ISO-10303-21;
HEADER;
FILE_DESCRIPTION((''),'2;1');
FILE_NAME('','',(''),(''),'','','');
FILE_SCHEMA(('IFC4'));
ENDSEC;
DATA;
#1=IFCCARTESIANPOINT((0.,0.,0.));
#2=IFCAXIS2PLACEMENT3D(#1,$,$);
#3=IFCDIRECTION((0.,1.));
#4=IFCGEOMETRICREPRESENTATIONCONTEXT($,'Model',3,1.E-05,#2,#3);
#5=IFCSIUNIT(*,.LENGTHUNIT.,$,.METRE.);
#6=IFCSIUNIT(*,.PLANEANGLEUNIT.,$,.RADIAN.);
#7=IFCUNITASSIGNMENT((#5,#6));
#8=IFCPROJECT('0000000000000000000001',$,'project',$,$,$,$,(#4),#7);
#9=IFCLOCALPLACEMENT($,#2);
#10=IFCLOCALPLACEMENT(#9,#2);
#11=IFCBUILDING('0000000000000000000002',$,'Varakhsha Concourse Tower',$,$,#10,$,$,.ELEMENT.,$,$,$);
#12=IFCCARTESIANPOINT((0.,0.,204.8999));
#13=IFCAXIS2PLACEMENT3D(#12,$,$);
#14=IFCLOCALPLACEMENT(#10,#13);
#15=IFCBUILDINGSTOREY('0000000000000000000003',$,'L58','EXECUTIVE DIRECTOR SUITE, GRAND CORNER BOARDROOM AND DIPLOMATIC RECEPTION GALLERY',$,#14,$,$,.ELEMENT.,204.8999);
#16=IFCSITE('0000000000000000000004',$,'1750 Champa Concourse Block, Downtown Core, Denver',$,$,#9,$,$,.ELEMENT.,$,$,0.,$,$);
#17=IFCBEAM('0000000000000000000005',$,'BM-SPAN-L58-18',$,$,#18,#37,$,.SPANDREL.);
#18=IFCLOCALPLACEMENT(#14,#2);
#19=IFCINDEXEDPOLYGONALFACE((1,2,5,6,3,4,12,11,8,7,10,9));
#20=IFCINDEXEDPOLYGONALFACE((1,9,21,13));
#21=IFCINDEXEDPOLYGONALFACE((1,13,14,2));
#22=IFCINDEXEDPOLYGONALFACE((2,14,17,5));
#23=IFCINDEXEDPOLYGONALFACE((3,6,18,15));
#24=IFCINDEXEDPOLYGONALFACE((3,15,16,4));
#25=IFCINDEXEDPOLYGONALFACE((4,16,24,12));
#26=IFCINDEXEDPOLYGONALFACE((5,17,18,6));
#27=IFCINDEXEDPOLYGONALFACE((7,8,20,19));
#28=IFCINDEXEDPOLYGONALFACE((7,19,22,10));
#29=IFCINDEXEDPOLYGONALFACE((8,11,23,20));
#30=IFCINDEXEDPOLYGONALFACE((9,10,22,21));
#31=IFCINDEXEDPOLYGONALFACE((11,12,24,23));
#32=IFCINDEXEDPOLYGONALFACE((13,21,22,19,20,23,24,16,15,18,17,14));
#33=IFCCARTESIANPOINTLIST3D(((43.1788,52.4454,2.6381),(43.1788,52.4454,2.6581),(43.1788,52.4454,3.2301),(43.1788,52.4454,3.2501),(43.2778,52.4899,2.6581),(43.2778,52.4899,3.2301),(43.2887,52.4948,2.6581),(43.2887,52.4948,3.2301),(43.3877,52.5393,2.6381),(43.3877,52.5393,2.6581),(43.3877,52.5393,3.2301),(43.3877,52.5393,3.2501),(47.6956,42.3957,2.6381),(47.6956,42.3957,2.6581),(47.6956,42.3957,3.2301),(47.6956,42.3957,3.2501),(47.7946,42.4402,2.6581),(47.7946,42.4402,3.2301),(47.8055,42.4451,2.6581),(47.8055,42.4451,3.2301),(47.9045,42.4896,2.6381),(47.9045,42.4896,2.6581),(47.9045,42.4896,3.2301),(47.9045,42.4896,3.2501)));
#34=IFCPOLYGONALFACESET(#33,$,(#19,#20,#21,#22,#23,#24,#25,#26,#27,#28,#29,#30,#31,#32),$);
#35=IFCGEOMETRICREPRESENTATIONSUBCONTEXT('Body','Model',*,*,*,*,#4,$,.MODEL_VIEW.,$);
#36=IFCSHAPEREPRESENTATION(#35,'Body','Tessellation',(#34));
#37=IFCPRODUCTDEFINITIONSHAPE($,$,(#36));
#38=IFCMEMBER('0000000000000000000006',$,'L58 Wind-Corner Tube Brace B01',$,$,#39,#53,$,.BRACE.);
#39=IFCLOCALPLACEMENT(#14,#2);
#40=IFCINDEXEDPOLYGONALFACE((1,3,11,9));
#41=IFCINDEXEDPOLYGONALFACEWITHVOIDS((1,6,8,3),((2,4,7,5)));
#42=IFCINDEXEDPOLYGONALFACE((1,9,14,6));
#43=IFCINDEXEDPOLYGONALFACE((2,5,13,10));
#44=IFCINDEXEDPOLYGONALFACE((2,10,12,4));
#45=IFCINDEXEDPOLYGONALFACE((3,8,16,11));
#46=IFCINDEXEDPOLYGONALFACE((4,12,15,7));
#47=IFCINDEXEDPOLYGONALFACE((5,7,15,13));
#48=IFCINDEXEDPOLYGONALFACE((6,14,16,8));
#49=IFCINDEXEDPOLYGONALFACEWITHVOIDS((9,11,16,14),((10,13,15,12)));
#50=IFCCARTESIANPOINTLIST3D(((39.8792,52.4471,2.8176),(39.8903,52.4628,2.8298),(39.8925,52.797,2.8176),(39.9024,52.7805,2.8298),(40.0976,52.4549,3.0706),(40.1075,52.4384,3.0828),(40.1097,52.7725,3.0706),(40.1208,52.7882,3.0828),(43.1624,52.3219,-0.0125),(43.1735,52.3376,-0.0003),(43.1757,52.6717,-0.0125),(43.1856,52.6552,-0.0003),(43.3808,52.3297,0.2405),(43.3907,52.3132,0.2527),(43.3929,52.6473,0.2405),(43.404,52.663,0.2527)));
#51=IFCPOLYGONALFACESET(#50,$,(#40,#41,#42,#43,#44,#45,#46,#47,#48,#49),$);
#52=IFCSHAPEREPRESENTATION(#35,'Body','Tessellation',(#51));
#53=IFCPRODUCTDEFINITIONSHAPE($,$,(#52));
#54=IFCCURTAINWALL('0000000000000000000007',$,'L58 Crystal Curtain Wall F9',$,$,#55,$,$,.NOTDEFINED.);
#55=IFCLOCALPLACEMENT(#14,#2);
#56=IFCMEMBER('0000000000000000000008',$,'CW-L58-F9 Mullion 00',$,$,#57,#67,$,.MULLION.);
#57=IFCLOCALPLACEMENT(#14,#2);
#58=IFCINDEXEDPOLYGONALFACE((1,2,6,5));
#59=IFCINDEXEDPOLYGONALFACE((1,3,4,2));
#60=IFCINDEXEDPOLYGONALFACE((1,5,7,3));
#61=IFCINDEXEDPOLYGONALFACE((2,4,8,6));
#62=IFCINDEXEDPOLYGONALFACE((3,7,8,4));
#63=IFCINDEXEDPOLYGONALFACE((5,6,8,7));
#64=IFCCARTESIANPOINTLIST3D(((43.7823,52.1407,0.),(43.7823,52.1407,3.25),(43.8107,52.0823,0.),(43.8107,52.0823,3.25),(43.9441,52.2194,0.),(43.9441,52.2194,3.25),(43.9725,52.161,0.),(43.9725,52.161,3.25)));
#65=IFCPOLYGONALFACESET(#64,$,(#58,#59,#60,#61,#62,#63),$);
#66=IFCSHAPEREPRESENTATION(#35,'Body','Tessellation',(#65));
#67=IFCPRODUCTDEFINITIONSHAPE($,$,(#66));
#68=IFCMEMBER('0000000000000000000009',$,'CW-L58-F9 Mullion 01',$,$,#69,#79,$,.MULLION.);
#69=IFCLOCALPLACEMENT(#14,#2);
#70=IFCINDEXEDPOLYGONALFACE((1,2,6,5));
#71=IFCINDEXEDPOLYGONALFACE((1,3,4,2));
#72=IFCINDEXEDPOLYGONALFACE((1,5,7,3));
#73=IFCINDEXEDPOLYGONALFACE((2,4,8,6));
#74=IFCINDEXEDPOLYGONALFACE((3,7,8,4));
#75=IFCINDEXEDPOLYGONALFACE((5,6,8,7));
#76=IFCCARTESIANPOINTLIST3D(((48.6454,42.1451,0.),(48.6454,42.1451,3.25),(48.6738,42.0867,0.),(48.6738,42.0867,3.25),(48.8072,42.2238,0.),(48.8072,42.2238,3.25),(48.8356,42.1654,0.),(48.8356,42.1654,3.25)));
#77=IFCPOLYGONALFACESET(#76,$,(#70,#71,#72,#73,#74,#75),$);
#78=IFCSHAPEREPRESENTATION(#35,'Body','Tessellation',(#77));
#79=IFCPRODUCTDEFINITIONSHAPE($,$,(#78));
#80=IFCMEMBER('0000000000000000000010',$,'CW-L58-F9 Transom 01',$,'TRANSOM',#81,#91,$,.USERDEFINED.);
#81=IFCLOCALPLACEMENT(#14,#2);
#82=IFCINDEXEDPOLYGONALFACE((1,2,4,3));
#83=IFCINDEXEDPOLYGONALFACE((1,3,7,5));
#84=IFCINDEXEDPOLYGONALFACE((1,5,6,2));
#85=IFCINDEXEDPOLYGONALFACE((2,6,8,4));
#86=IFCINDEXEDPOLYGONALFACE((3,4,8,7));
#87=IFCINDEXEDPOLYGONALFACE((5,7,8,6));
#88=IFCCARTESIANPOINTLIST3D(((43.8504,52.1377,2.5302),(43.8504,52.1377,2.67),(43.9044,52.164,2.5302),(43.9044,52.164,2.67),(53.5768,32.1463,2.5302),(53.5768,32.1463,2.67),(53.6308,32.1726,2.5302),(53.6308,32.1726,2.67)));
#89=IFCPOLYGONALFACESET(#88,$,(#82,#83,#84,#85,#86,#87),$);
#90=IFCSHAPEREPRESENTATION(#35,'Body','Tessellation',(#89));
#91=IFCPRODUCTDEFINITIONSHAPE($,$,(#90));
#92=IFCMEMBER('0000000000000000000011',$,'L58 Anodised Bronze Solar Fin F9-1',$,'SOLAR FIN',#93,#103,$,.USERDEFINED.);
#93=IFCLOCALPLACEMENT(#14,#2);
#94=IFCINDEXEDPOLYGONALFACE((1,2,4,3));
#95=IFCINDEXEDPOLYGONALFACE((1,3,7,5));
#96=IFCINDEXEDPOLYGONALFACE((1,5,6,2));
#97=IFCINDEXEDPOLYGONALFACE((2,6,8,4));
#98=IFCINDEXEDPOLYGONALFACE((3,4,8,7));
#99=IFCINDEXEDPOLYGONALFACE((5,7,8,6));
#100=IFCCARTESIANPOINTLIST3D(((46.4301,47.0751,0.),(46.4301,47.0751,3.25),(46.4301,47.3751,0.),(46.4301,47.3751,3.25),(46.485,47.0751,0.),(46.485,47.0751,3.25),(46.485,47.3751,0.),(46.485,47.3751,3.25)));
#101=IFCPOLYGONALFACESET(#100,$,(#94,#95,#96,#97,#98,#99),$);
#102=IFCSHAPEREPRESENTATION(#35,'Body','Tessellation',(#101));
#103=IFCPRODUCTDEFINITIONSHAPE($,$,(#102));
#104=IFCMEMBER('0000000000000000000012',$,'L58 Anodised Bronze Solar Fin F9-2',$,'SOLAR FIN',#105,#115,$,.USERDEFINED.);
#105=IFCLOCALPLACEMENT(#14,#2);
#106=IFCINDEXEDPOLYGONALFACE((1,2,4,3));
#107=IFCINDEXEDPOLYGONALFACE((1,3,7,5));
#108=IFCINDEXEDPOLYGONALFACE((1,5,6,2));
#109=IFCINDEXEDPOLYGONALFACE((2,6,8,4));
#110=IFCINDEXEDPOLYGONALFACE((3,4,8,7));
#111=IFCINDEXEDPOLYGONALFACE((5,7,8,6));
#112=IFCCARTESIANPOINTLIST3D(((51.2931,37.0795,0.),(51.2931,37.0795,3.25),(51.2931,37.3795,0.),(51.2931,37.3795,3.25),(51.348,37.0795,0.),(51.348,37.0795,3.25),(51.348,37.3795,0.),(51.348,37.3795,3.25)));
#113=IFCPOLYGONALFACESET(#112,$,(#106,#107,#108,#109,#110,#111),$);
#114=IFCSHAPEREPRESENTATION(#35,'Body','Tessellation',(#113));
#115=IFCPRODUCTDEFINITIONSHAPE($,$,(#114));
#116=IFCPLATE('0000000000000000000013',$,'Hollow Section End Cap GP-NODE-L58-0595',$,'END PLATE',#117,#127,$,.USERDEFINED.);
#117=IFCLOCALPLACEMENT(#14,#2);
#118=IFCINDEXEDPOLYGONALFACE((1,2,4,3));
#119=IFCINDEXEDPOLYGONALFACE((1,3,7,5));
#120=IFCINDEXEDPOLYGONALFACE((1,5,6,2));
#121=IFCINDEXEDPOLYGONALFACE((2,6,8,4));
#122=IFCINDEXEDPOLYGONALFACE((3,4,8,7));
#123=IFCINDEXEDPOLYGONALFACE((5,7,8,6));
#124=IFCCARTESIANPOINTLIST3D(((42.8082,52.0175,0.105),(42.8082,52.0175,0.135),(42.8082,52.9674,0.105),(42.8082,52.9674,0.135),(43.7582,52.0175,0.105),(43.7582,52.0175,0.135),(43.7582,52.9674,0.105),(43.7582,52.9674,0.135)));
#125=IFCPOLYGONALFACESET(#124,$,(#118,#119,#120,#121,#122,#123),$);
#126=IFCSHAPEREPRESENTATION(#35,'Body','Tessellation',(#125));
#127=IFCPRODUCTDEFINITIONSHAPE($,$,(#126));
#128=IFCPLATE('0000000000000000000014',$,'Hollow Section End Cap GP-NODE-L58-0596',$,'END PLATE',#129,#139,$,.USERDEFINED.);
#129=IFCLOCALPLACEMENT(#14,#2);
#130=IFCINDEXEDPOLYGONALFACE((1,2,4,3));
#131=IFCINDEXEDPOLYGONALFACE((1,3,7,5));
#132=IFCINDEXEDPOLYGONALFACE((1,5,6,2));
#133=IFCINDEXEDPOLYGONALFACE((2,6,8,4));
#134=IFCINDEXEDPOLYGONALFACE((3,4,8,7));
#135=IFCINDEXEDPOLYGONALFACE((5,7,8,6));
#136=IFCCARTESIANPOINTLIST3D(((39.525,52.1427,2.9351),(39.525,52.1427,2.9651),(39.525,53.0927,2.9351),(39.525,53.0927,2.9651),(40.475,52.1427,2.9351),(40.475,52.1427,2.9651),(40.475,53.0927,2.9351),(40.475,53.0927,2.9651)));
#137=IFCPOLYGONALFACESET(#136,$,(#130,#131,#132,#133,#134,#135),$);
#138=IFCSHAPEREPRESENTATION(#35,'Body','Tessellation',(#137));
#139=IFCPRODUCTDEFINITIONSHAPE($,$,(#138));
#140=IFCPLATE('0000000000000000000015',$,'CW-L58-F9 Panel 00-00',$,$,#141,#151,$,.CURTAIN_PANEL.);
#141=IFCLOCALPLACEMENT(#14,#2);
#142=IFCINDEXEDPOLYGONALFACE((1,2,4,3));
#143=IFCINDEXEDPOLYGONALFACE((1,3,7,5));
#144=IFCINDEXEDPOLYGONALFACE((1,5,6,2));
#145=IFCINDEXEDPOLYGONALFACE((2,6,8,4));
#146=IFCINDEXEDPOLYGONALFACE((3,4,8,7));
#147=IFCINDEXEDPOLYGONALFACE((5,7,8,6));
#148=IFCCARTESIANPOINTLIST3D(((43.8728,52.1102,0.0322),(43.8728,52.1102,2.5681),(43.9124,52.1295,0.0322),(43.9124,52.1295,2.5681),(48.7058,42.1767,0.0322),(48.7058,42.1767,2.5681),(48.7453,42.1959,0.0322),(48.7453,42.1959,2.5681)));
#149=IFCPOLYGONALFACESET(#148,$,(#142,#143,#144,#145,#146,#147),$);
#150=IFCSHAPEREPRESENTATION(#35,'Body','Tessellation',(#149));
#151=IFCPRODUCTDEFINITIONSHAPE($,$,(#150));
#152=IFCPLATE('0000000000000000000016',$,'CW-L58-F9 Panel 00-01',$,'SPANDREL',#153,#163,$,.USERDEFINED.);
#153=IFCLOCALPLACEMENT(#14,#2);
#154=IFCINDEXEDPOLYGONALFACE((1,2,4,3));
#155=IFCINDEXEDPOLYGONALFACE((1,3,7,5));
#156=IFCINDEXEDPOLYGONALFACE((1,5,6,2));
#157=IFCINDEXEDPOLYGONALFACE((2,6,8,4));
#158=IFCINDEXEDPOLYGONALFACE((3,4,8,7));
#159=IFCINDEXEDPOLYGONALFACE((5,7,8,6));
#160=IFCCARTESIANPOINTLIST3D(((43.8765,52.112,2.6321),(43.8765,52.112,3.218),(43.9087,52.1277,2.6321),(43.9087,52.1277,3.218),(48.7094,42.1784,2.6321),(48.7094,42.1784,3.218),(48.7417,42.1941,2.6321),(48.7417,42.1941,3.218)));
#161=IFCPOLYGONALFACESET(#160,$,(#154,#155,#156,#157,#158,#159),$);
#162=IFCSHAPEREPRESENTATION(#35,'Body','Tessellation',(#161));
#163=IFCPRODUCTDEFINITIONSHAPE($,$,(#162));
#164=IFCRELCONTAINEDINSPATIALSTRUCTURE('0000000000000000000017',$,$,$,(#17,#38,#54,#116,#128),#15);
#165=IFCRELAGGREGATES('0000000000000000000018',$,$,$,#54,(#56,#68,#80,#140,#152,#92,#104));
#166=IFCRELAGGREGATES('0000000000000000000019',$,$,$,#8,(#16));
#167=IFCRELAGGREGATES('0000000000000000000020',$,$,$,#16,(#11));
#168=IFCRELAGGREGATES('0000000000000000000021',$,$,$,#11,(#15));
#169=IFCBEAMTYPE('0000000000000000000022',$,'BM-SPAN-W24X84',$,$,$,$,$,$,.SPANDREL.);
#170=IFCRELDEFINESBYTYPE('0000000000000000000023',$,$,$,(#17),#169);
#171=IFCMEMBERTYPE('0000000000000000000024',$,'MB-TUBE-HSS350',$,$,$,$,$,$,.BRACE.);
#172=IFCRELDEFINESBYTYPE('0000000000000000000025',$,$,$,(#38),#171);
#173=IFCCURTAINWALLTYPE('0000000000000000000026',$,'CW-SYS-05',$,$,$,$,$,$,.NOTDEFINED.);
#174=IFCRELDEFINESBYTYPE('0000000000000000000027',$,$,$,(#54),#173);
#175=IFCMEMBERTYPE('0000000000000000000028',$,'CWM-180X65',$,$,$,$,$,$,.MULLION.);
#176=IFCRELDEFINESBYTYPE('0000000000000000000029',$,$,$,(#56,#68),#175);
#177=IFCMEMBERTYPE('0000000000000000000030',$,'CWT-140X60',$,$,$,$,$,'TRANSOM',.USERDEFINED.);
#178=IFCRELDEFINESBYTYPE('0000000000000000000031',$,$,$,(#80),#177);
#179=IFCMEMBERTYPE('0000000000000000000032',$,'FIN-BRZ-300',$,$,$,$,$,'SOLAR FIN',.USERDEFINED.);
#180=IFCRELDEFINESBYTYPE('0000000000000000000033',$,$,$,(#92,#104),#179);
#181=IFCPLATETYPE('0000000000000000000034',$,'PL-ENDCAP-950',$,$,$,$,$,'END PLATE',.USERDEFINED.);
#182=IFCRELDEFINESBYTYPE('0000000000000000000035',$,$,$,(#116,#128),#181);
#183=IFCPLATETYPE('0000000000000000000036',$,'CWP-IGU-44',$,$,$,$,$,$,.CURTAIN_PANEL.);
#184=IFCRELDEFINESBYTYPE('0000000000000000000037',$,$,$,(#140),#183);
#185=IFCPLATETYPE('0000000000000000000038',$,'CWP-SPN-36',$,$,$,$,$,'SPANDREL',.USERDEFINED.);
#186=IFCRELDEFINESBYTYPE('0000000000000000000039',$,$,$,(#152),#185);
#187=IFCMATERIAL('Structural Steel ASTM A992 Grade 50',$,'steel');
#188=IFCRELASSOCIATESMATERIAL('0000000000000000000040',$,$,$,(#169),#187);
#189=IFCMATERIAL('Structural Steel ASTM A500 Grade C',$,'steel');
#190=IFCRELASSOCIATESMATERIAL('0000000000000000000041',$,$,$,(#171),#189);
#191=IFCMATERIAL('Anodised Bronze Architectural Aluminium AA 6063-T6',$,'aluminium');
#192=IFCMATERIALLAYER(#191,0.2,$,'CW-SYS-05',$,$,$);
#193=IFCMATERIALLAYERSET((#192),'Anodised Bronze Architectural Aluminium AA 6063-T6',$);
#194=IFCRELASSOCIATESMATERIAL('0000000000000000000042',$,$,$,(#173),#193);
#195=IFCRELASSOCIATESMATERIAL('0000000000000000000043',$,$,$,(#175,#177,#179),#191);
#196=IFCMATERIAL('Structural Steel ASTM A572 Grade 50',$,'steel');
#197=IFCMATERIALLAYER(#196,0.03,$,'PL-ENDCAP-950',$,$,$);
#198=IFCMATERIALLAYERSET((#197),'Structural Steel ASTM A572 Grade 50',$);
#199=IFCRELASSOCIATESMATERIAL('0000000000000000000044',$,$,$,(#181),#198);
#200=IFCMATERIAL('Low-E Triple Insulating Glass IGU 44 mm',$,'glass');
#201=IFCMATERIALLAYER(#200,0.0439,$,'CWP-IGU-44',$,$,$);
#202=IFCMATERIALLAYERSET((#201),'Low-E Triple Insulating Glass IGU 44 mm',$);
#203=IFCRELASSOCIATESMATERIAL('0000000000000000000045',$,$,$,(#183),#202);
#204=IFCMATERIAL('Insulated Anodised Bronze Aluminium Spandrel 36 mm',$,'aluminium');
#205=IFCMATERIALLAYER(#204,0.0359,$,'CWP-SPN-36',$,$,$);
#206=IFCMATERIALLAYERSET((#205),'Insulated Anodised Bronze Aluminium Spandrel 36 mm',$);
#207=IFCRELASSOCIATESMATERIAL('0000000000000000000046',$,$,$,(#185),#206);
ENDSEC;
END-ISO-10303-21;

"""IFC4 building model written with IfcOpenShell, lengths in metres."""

from ifc_helpers import new_model, si_unit, direction, frame, origin, origin_2d, place, context, subcontext, project, spatial, rectangle, hollow_rectangle, i_section, extrude, source, transform, mapped, material, layer, layer_set, material_profile, profile_set, type_object, type_shapes, element, aggregate, save


model = new_model("IFC4")

# Units and contexts
model_context = context("Model", 3, precision=1e-05, world=origin(), true_north=direction((0.0, 1.0)))
body_context = subcontext(model_context, "Body", "Model", "MODEL_VIEW")
ifc_project = project(units=[si_unit("LENGTHUNIT", "METRE"), si_unit("PLANEANGLEUNIT", "RADIAN")], contexts=[model_context])

# Site, building, storey
site_placement = place(None, origin())
site = spatial("IfcSite", under=ifc_project, at=site_placement, Name="1750 Champa Concourse Block, Downtown Core, Denver", CompositionType="ELEMENT", RefElevation=0.0)
building_placement = place(site_placement, origin())
building = spatial("IfcBuilding", under=site, at=building_placement, Name="Varakhsha Concourse Tower", CompositionType="ELEMENT")
storey_placement = place(building_placement, frame((0.0, 0.0, 204.8999)))
storey = spatial("IfcBuildingStorey", under=building, at=storey_placement, Name="L58", Description="EXECUTIVE DIRECTOR SUITE, GRAND CORNER BOARDROOM AND DIPLOMATIC RECEPTION GALLERY", CompositionType="ELEMENT", Elevation=204.8999)

# Shared definitions
ifc_material_1 = material(Name="Structural Steel ASTM A992 Grade 50", Category="steel")
ifc_material_2 = material(Name="Structural Steel ASTM A572 Grade 50", Category="steel")

# Beam
ifc_material_profile_1 = material_profile(ifc_material_1, i_section(OverallWidth=0.229, OverallDepth=0.6121, WebThickness=0.012, FlangeThickness=0.02, at=origin_2d()), Name="W24X84")
ifc_profile_set_1 = profile_set([ifc_material_profile_1], Name="Structural Steel ASTM A992 Grade 50")
beam_type_1 = type_object("IfcBeamType", Name="BM-SPAN-W24X84", PredefinedType="SPANDREL", material=ifc_profile_set_1)
beam_1_placement = place(storey_placement, frame((47.8, 42.4426, 2.9441), z_axis=(-0.409945, 0.91211, 0.0), x_axis=(-0.91211, -0.409945, 0.0)))
element("IfcBeam", 1, at=beam_1_placement, inside=storey, type_object=beam_type_1, Name="BM-SPAN-L58-18", PredefinedType="SPANDREL", context=body_context, shape_type="SweptSolid", body=[
    extrude(i_section(OverallWidth=0.229, OverallDepth=0.6121, WebThickness=0.012, FlangeThickness=0.02, at=origin_2d()), origin(), (0.0, 0.0, 1.0), 11.0181),
])

# Member
ifc_material_3 = material(Name="Structural Steel ASTM A500 Grade C", Category="steel")
ifc_material_profile_2 = material_profile(ifc_material_3, hollow_rectangle(XDim=0.3501, YDim=0.3501, WallThickness=0.0161, at=origin_2d()), Name="HSS 350x350x16")
ifc_profile_set_2 = profile_set([ifc_material_profile_2], Name="Structural Steel ASTM A500 Grade C")
member_type_1 = type_object("IfcMemberType", Name="MB-TUBE-HSS350", PredefinedType="BRACE", material=ifc_profile_set_2)
shared_shape_1 = source(origin(), body_context, "Body", "SweptSolid", [
    extrude(hollow_rectangle(XDim=0.3501, YDim=0.3501, WallThickness=0.0161, at=origin_2d()), origin(), (0.0, 0.0, 1.0), 4.3364),
])
type_shapes(member_type_1, [shared_shape_1])
member_1_placement = place(storey_placement, frame((43.2832, 52.4924, 0.1201), z_axis=(-0.757125, 0.028882, 0.652632), x_axis=(-0.038119, -0.999273, 0.0)))
element("IfcMember", 2, at=member_1_placement, inside=storey, type_object=member_type_1, Name="L58 Wind-Corner Tube Brace B01", PredefinedType="BRACE", context=body_context, shape_type="MappedRepresentation", body=[
    mapped(shared_shape_1, transform((0.0, 0.0, 0.0), scale=1.0)),
])

# Curtain wall, members
ifc_material_4 = material(Name="Anodised Bronze Architectural Aluminium AA 6063-T6", Category="aluminium")
ifc_layer_1 = layer(ifc_material_4, 0.2, Name="CW-SYS-05")
ifc_layer_set_1 = layer_set([ifc_layer_1], Name="Anodised Bronze Architectural Aluminium AA 6063-T6")
curtain_wall_type = type_object("IfcCurtainWallType", Name="CW-SYS-05", PredefinedType="NOTDEFINED", material=ifc_layer_set_1)
curtain_wall_placement = place(storey_placement, origin())
curtain_wall = element("IfcCurtainWall", 3, at=curtain_wall_placement, inside=storey, type_object=curtain_wall_type, Name="L58 Crystal Curtain Wall F9", PredefinedType="NOTDEFINED")
ifc_material_profile_3 = material_profile(ifc_material_4, rectangle(XDim=0.0649, YDim=0.1799, at=origin_2d()), Name="CWM-180X65")
ifc_profile_set_3 = profile_set([ifc_material_profile_3], Name="Anodised Bronze Architectural Aluminium AA 6063-T6")
member_type_2 = type_object("IfcMemberType", Name="CWM-180X65", PredefinedType="MULLION", material=ifc_profile_set_3)
shared_shape_2 = source(origin(), body_context, "Body", "SweptSolid", [
    extrude(rectangle(XDim=0.0649, YDim=0.1799, at=origin_2d()), origin(), (0.0, 0.0, 1.0), 3.25),
])
type_shapes(member_type_2, [shared_shape_2])
member_2_placement = place(storey_placement, frame((43.8774, 52.1509, 0.0), z_axis=(0.0, 0.0, 1.0), x_axis=(0.437497, -0.89922, 0.0)))
member_2 = element("IfcMember", 4, at=member_2_placement, type_object=member_type_2, Name="CW-L58-F9 Mullion 00", PredefinedType="MULLION", context=body_context, shape_type="MappedRepresentation", body=[
    mapped(shared_shape_2, transform((0.0, 0.0, 0.0), scale=1.0)),
])
member_3_placement = place(storey_placement, frame((48.7405, 42.1553, 0.0), z_axis=(0.0, 0.0, 1.0), x_axis=(0.437497, -0.89922, 0.0)))
member_3 = element("IfcMember", 5, at=member_3_placement, type_object=member_type_2, Name="CW-L58-F9 Mullion 01", PredefinedType="MULLION", context=body_context, shape_type="MappedRepresentation", body=[
    mapped(shared_shape_2, transform((0.0, 0.0, 0.0), scale=1.0)),
])
ifc_material_profile_4 = material_profile(ifc_material_4, rectangle(XDim=0.0601, YDim=0.1399, at=origin_2d()), Name="CWT-140X60")
ifc_profile_set_4 = profile_set([ifc_material_profile_4], Name="Anodised Bronze Architectural Aluminium AA 6063-T6")
member_type_3 = type_object("IfcMemberType", Name="CWT-140X60", ElementType="TRANSOM", PredefinedType="USERDEFINED", material=ifc_profile_set_4)
shared_shape_3 = source(origin(), body_context, "Body", "SweptSolid", [
    extrude(rectangle(XDim=0.0601, YDim=0.1399, at=origin_2d()), origin(), (0.0, 0.0, 1.0), 22.2319),
])
type_shapes(member_type_3, [shared_shape_3])
member_4_placement = place(storey_placement, frame((43.8774, 52.1509, 2.6001), z_axis=(0.437493, -0.899222, 0.0), x_axis=(0.899222, 0.437493, 0.0)))
member_4 = element("IfcMember", 6, at=member_4_placement, type_object=member_type_3, Name="CW-L58-F9 Transom 01", ObjectType="TRANSOM", PredefinedType="USERDEFINED", context=body_context, shape_type="MappedRepresentation", body=[
    mapped(shared_shape_3, transform((0.0, 0.0, 0.0), scale=1.0)),
])
ifc_material_profile_5 = material_profile(ifc_material_4, rectangle(XDim=0.0549, YDim=0.3, at=origin_2d()), Name="FIN-BRZ-300")
ifc_profile_set_5 = profile_set([ifc_material_profile_5], Name="Anodised Bronze Architectural Aluminium AA 6063-T6")
member_type_4 = type_object("IfcMemberType", Name="FIN-BRZ-300", ElementType="SOLAR FIN", PredefinedType="USERDEFINED", material=ifc_profile_set_5)
shared_shape_4 = source(origin(), body_context, "Body", "SweptSolid", [
    extrude(rectangle(XDim=0.0549, YDim=0.3, at=origin_2d()), origin(), (0.0, 0.0, 1.0), 3.25),
])
type_shapes(member_type_4, [shared_shape_4])
member_5_placement = place(storey_placement, frame((46.4575, 47.2251, 0.0), z_axis=(0.0, 0.0, 1.0), x_axis=(1.0, 0.0, 0.0)))
member_5 = element("IfcMember", 7, at=member_5_placement, type_object=member_type_4, Name="L58 Anodised Bronze Solar Fin F9-1", ObjectType="SOLAR FIN", PredefinedType="USERDEFINED", context=body_context, shape_type="MappedRepresentation", body=[
    mapped(shared_shape_4, transform((0.0, 0.0, 0.0), scale=1.0)),
])
member_6_placement = place(storey_placement, frame((51.3206, 37.2295, 0.0), z_axis=(0.0, 0.0, 1.0), x_axis=(1.0, 0.0, 0.0)))
member_6 = element("IfcMember", 8, at=member_6_placement, type_object=member_type_4, Name="L58 Anodised Bronze Solar Fin F9-2", ObjectType="SOLAR FIN", PredefinedType="USERDEFINED", context=body_context, shape_type="MappedRepresentation", body=[
    mapped(shared_shape_4, transform((0.0, 0.0, 0.0), scale=1.0)),
])

# Plates
ifc_layer_2 = layer(ifc_material_2, 0.03, Name="PL-ENDCAP-950")
ifc_layer_set_2 = layer_set([ifc_layer_2], Name="Structural Steel ASTM A572 Grade 50")
plate_type_1 = type_object("IfcPlateType", Name="PL-ENDCAP-950", ElementType="END PLATE", PredefinedType="USERDEFINED", material=ifc_layer_set_2)
shared_shape_5 = source(origin(), body_context, "Body", "SweptSolid", [
    extrude(rectangle(XDim=0.95, YDim=0.95, at=origin_2d()), origin(), (0.0, 0.0, 1.0), 0.03),
])
type_shapes(plate_type_1, [shared_shape_5])
for number, where, z_axis, x_axis, name in (
    (9, (43.2832, 52.4924, 0.105), (0.0, 0.0, 1.0), (1.0, 0.0, 0.0), "Hollow Section End Cap GP-NODE-L58-0595"),
    (10, (40.0, 52.6177, 2.9351), (0.0, 0.0, 1.0), (1.0, 0.0, 0.0), "Hollow Section End Cap GP-NODE-L58-0596"),
):
    element("IfcPlate", number, at=place(storey_placement, frame(where, z_axis=z_axis, x_axis=x_axis)), inside=storey, type_object=plate_type_1, Name=name, ObjectType="END PLATE", PredefinedType="USERDEFINED", context=body_context, shape_type="MappedRepresentation", body=[
        mapped(shared_shape_5, transform((0.0, 0.0, 0.0), scale=1.0)),
    ])

# Plates
ifc_material_5 = material(Name="Low-E Triple Insulating Glass IGU 44 mm", Category="glass")
ifc_layer_3 = layer(ifc_material_5, 0.0439, Name="CWP-IGU-44")
ifc_layer_set_3 = layer_set([ifc_layer_3], Name="Low-E Triple Insulating Glass IGU 44 mm")
plate_type_2 = type_object("IfcPlateType", Name="CWP-IGU-44", PredefinedType="CURTAIN_PANEL", material=ifc_layer_set_3)
shared_shape_6 = source(origin(), body_context, "Body", "SweptSolid", [
    extrude(rectangle(XDim=11.0469, YDim=0.0439, at=origin_2d()), origin(), (0.0, 0.0, 1.0), 2.5359),
])
plate_1_placement = place(storey_placement, frame((46.3091, 47.1531, 0.0322), z_axis=(0.0, 0.0, 1.0), x_axis=(0.437497, -0.89922, 0.0)))
plate_1 = element("IfcPlate", 11, at=plate_1_placement, type_object=plate_type_2, Name="CW-L58-F9 Panel 00-00", PredefinedType="CURTAIN_PANEL", context=body_context, shape_type="MappedRepresentation", body=[
    mapped(shared_shape_6, transform((0.0, 0.0, 0.0), scale=1.0)),
])
ifc_material_6 = material(Name="Insulated Anodised Bronze Aluminium Spandrel 36 mm", Category="aluminium")
ifc_layer_4 = layer(ifc_material_6, 0.0359, Name="CWP-SPN-36")
ifc_layer_set_4 = layer_set([ifc_layer_4], Name="Insulated Anodised Bronze Aluminium Spandrel 36 mm")
plate_type_3 = type_object("IfcPlateType", Name="CWP-SPN-36", ElementType="SPANDREL", PredefinedType="USERDEFINED", material=ifc_layer_set_4)
shared_shape_7 = source(origin(), body_context, "Body", "SweptSolid", [
    extrude(rectangle(XDim=11.0469, YDim=0.0359, at=origin_2d()), origin(), (0.0, 0.0, 1.0), 0.5859),
])
plate_2_placement = place(storey_placement, frame((46.3091, 47.1531, 2.6321), z_axis=(0.0, 0.0, 1.0), x_axis=(0.437497, -0.89922, 0.0)))
plate_2 = element("IfcPlate", 12, at=plate_2_placement, type_object=plate_type_3, Name="CW-L58-F9 Panel 00-01", ObjectType="SPANDREL", PredefinedType="USERDEFINED", context=body_context, shape_type="MappedRepresentation", body=[
    mapped(shared_shape_7, transform((0.0, 0.0, 0.0), scale=1.0)),
])
aggregate(curtain_wall, [member_2, member_3, member_4, plate_1, plate_2, member_5, member_6])

save(model, "model.ifc")
